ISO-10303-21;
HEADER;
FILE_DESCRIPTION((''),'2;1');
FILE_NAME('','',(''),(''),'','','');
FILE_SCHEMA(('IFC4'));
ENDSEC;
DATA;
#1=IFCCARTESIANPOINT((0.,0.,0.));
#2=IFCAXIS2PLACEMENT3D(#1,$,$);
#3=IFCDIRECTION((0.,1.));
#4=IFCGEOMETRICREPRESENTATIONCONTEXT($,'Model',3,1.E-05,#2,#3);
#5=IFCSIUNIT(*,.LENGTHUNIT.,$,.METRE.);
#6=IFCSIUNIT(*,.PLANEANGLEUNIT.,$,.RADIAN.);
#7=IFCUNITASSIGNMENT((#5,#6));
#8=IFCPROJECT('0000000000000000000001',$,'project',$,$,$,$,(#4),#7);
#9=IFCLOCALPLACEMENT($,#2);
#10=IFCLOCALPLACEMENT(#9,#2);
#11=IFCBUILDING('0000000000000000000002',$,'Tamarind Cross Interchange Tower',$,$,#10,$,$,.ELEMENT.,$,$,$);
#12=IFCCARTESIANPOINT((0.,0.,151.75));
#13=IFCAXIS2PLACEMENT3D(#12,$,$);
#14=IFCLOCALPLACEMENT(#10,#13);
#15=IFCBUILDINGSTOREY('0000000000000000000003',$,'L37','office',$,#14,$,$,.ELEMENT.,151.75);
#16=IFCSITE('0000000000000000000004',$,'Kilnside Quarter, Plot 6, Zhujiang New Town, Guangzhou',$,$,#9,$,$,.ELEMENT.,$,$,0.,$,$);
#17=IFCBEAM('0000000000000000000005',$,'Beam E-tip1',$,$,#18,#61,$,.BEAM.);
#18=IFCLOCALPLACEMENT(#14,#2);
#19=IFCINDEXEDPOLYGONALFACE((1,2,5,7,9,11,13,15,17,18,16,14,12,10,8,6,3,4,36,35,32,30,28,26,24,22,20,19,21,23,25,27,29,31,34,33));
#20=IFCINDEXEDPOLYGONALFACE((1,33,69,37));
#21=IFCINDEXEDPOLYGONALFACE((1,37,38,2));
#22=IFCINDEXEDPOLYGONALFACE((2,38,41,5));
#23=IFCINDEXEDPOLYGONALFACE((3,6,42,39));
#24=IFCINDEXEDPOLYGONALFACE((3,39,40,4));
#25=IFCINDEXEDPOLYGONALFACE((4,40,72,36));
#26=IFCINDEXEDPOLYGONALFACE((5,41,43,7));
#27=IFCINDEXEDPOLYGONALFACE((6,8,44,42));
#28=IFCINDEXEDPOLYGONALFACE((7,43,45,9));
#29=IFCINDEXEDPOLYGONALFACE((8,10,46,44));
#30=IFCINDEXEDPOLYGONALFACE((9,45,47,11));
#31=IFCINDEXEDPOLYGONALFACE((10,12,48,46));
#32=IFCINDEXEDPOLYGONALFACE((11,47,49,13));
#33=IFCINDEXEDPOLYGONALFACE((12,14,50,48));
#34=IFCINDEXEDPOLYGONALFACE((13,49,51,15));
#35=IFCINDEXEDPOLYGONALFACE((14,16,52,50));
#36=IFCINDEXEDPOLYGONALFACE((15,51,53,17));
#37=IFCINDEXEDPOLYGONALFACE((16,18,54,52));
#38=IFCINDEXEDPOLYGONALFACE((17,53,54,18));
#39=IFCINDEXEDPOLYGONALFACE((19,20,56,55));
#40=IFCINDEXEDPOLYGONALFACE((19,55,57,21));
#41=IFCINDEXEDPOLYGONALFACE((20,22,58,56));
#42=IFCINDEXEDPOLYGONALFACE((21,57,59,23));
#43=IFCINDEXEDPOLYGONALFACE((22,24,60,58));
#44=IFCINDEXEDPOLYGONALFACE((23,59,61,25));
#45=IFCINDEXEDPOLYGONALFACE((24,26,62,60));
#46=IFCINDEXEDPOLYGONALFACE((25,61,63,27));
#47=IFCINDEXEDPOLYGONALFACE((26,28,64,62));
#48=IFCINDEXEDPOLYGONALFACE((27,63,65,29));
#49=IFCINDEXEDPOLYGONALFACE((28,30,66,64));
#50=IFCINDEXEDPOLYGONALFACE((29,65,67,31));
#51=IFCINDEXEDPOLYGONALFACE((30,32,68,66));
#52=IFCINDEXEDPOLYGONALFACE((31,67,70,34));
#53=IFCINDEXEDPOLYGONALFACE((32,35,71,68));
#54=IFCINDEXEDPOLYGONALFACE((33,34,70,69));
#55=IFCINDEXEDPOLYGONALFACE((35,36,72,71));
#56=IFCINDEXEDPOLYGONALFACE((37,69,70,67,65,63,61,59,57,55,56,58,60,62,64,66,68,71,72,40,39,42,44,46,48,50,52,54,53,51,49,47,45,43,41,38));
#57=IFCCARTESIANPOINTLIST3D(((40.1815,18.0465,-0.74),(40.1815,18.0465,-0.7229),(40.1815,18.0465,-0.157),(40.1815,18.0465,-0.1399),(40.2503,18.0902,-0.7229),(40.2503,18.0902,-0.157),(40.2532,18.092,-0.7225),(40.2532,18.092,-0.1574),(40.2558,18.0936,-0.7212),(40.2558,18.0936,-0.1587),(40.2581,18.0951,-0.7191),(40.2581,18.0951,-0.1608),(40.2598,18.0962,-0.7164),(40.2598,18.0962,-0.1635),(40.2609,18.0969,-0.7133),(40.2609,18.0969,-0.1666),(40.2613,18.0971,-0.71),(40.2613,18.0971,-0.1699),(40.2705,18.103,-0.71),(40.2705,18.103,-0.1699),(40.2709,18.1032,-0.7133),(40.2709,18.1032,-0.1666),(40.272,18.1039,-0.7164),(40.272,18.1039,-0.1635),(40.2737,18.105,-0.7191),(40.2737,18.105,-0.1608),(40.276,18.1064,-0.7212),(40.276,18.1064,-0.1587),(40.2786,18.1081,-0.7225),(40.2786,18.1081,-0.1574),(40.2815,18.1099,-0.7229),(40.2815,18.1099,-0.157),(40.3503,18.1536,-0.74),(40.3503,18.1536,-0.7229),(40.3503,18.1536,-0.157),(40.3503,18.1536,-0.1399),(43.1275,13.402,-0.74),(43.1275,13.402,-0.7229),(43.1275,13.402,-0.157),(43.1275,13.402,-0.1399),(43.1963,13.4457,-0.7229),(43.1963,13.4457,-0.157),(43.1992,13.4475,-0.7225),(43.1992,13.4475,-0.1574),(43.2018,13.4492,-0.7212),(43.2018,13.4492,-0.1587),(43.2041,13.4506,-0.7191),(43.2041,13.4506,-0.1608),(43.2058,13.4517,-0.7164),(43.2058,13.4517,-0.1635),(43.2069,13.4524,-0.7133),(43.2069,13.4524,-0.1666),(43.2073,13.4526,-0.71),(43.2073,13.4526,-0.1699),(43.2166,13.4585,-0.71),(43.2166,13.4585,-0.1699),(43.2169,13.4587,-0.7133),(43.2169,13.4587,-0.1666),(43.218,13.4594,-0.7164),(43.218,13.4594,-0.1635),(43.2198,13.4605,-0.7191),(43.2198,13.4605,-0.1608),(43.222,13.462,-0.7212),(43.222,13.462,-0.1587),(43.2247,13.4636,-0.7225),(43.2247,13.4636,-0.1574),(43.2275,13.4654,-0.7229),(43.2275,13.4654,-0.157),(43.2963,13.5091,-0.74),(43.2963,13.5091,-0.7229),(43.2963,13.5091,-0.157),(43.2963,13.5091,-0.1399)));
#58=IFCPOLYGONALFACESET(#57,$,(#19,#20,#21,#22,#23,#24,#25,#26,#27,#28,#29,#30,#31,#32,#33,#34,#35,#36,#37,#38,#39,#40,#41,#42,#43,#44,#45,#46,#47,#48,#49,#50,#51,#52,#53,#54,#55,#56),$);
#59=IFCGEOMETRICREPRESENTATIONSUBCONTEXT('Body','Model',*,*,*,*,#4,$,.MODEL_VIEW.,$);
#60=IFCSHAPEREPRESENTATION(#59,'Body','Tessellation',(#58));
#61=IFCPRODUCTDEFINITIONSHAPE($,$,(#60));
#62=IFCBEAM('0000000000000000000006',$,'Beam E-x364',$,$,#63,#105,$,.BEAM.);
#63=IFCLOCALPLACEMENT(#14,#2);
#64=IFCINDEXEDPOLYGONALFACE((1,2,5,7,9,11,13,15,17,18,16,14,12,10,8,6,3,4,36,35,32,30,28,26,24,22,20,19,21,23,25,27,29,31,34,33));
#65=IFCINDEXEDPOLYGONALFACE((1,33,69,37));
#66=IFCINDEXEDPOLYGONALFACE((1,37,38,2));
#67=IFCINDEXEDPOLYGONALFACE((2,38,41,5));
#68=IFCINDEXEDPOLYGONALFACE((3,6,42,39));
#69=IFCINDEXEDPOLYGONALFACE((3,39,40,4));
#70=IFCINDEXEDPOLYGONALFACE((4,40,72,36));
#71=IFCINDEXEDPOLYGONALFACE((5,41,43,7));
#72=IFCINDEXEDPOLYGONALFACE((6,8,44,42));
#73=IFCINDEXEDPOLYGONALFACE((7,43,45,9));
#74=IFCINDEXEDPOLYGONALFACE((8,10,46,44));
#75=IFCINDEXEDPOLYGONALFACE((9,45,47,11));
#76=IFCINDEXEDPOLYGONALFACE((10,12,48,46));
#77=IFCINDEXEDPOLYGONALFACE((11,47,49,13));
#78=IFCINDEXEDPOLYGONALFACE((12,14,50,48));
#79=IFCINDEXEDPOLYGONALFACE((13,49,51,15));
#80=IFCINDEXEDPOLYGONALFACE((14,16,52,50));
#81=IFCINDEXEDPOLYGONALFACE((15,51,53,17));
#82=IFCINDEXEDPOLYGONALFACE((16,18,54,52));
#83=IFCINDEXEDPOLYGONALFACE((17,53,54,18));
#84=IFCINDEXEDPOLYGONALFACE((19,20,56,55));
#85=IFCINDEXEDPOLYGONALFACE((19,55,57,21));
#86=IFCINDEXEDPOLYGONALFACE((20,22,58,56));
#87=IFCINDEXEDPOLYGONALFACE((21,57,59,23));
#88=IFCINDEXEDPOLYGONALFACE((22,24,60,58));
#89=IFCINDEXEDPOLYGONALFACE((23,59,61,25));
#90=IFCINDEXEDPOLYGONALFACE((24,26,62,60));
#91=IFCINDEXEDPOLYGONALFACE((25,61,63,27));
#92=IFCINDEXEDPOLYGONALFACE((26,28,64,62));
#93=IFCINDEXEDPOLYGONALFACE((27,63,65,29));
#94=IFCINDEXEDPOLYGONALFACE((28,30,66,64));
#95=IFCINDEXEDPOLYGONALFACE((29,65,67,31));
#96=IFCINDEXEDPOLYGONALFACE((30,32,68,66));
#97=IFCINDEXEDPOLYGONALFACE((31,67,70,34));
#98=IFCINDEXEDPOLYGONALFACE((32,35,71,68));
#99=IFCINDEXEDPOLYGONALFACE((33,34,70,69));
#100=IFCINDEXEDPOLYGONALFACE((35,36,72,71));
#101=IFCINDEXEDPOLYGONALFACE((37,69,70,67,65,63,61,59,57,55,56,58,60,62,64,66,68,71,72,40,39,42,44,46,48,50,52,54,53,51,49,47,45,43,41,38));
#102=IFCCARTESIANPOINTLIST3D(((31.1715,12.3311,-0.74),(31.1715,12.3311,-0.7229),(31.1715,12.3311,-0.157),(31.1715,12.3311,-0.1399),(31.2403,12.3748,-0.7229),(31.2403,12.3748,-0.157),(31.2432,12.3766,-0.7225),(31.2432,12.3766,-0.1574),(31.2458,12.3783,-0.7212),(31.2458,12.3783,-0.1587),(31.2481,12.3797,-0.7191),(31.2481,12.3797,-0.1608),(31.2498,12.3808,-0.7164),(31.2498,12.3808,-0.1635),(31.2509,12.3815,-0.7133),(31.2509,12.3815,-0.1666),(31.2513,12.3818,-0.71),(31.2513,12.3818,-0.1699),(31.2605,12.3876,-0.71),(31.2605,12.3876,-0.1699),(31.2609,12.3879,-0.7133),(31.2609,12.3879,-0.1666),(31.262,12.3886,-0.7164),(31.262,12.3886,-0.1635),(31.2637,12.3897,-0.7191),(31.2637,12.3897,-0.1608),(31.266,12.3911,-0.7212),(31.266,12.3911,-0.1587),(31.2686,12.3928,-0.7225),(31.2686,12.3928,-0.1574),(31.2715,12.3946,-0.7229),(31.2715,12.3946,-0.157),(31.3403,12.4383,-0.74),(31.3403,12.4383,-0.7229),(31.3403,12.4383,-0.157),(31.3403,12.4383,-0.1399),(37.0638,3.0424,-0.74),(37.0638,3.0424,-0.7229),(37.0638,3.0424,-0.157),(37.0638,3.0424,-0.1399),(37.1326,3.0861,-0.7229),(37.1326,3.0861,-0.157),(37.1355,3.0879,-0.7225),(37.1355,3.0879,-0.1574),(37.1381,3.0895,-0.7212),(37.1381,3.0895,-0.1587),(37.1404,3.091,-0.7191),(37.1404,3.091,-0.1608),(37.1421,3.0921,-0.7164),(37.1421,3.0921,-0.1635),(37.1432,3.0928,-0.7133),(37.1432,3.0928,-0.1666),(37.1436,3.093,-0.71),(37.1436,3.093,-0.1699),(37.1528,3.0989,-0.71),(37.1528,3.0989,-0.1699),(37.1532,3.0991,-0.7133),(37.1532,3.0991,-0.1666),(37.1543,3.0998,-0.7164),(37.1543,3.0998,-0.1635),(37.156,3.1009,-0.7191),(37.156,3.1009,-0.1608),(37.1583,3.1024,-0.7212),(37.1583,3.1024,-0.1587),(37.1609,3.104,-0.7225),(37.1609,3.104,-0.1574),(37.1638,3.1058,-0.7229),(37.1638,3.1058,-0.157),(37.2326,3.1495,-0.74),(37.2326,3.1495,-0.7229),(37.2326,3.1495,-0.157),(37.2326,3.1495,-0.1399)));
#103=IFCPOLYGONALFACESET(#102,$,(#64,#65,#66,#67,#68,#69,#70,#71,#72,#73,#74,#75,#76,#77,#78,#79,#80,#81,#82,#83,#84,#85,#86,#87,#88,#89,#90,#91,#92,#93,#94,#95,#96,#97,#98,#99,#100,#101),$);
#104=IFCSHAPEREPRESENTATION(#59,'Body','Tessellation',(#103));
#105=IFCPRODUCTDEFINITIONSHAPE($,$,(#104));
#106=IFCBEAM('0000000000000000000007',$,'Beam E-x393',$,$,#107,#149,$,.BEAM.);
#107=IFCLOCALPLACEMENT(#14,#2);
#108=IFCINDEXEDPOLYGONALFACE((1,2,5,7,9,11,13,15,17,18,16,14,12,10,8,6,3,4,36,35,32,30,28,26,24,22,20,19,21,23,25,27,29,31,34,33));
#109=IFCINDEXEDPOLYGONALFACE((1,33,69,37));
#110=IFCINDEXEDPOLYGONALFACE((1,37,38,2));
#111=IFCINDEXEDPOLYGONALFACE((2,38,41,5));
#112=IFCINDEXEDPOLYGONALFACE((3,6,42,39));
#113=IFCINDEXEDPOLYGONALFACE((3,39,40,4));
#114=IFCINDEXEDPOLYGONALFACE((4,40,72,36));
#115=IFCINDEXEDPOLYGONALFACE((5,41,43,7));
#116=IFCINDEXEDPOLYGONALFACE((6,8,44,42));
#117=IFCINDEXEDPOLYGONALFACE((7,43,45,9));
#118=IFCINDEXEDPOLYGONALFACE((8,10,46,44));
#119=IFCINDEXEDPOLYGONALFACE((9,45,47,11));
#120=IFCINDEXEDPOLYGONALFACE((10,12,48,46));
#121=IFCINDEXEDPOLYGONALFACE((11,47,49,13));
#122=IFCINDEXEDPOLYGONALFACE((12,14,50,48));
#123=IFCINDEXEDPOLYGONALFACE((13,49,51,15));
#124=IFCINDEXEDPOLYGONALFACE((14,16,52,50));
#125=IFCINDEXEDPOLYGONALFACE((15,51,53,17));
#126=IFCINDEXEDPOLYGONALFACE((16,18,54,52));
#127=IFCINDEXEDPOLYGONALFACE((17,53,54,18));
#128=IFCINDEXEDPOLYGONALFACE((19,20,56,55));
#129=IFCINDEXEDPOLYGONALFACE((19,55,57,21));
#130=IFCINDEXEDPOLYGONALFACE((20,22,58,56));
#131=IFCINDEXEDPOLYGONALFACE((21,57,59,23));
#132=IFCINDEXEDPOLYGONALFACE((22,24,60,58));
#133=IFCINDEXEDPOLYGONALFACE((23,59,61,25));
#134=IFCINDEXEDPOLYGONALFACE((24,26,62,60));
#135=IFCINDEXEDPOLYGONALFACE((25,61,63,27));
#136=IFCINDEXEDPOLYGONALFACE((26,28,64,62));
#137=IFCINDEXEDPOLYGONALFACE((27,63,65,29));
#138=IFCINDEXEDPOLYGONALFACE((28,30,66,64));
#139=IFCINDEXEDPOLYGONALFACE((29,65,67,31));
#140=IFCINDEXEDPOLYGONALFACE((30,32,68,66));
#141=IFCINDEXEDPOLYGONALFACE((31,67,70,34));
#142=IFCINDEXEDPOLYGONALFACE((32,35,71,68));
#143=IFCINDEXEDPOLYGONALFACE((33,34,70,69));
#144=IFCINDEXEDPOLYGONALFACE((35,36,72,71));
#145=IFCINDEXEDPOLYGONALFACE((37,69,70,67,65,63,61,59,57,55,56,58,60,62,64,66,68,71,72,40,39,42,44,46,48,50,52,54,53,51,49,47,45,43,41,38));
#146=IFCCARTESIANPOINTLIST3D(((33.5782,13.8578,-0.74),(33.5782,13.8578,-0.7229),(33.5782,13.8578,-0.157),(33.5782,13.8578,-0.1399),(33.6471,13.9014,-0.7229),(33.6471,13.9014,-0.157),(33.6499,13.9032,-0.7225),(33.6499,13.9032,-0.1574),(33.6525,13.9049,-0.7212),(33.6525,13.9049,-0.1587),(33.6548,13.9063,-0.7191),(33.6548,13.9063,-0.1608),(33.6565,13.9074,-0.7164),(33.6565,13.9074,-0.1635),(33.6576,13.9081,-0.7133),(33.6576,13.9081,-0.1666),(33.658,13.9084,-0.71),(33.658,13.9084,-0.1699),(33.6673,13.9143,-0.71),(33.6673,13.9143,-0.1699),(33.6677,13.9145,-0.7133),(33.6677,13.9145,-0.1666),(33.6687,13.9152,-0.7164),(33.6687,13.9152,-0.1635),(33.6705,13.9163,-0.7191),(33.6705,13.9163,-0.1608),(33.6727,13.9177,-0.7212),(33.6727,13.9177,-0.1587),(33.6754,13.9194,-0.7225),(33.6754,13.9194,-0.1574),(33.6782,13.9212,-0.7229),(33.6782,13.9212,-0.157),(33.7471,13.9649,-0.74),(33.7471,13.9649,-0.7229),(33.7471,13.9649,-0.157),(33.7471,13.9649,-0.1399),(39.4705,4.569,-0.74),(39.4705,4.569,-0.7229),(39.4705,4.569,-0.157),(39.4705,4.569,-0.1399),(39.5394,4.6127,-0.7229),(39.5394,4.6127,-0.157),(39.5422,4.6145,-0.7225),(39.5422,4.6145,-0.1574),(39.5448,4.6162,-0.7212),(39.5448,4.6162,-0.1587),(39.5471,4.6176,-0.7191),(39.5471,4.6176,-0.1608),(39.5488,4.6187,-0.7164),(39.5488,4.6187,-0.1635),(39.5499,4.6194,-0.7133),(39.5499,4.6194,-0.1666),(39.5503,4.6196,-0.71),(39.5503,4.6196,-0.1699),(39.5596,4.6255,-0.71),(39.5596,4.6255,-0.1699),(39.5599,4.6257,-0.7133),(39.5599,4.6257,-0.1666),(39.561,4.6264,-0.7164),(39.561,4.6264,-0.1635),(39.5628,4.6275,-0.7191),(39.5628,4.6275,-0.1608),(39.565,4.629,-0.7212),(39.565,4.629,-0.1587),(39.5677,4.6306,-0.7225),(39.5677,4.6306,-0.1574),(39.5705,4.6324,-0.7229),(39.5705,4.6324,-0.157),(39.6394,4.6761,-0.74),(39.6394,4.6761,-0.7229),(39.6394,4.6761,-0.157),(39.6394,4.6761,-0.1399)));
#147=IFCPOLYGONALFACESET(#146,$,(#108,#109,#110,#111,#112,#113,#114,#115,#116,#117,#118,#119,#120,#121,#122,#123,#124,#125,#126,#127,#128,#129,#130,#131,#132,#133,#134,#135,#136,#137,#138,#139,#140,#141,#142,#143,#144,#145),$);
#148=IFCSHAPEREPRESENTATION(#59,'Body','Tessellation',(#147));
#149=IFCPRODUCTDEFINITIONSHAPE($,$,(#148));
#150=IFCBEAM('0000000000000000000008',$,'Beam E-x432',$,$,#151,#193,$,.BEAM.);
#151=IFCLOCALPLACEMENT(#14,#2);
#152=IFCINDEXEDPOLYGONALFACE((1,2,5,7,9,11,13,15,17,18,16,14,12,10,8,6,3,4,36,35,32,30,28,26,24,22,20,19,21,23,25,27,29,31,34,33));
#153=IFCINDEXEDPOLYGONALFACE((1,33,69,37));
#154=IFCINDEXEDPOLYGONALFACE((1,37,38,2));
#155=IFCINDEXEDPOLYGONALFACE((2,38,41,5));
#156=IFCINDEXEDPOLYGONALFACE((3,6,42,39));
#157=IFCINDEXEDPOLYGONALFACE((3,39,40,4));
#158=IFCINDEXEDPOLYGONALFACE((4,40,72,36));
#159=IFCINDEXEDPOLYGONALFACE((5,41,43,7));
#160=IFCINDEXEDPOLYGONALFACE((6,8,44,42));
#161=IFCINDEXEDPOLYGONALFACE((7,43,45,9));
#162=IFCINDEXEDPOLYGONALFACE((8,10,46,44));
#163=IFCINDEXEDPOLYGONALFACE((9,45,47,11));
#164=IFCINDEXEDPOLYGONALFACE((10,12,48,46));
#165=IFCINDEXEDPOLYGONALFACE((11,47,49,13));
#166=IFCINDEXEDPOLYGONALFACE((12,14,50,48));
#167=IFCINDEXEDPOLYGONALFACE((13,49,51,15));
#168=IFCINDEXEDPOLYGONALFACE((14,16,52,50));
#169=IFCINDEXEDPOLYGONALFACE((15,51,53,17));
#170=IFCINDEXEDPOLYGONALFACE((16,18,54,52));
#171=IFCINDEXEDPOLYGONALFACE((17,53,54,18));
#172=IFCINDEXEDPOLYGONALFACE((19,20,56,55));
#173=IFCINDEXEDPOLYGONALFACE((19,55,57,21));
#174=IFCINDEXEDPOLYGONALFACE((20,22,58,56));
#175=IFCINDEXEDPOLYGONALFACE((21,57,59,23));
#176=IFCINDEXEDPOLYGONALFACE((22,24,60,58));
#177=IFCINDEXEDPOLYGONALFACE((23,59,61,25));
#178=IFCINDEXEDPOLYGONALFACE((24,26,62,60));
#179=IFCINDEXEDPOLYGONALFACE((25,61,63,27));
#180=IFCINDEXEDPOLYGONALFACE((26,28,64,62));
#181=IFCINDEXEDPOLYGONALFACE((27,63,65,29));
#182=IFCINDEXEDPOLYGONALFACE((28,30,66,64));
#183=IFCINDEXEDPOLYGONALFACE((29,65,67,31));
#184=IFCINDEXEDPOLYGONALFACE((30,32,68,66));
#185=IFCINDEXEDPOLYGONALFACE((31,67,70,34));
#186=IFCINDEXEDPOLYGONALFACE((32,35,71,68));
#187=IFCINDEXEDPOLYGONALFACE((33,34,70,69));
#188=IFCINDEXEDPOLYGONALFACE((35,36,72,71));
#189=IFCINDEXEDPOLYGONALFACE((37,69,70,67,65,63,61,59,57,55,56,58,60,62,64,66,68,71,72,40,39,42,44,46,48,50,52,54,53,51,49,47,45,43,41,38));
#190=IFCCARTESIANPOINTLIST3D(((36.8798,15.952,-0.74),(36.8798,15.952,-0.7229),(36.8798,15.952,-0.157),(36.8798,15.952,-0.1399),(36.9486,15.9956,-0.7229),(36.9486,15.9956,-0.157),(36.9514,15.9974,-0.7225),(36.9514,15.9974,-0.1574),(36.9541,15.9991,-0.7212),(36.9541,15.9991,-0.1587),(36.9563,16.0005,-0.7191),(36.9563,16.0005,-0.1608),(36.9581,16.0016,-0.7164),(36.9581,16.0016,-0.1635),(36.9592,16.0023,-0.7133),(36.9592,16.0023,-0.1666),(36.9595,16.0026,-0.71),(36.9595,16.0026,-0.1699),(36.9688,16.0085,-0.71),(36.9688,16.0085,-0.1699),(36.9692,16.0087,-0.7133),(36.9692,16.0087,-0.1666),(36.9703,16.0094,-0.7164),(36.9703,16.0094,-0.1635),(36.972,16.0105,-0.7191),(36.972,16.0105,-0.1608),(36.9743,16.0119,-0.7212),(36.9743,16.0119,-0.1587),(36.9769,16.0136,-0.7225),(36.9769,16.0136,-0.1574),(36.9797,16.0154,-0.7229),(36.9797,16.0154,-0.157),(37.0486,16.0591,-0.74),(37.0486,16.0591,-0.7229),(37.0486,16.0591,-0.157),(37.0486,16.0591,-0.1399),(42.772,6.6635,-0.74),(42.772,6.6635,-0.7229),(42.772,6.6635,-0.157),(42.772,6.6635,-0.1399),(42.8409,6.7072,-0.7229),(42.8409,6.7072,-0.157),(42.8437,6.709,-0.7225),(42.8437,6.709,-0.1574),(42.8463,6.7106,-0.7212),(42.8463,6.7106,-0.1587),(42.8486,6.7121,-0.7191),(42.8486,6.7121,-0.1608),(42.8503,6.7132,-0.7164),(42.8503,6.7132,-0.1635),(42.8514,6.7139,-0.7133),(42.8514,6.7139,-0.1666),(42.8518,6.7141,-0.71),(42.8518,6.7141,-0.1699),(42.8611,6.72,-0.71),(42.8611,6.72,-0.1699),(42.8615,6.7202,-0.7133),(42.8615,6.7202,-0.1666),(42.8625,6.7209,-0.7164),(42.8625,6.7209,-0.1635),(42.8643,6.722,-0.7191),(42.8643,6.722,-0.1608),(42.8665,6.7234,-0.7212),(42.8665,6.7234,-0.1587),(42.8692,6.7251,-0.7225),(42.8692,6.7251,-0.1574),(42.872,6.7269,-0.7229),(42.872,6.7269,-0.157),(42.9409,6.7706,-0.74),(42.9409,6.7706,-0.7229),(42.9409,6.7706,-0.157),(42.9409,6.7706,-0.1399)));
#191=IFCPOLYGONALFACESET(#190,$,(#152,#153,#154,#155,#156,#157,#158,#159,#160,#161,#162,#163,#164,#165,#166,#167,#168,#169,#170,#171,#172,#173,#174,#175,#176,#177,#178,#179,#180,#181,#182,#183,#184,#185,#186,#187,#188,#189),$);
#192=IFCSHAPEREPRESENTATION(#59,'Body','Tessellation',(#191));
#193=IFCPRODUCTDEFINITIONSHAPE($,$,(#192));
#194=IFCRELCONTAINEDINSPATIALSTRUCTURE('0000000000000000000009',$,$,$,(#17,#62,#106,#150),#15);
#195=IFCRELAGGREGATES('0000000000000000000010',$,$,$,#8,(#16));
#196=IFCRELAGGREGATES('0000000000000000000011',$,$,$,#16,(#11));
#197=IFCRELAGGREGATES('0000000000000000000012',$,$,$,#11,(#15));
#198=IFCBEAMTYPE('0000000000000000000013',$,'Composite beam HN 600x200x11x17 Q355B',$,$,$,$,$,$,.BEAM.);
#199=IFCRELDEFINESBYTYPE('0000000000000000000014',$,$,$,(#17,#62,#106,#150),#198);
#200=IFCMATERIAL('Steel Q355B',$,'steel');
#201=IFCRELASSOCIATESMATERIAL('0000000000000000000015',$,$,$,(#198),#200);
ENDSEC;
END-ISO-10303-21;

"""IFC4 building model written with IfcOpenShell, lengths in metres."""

from ifc_helpers import new_model, si_unit, direction, frame, origin, origin_2d, place, context, subcontext, project, spatial, i_section, extrude, material, material_profile, profile_set, type_object, element, save


model = new_model("IFC4")

# Units and contexts
model_context = context("Model", 3, precision=1e-05, world=origin(), true_north=direction((0.0, 1.0)))
body_context = subcontext(model_context, "Body", "Model", "MODEL_VIEW")
ifc_project = project(units=[si_unit("LENGTHUNIT", "METRE"), si_unit("PLANEANGLEUNIT", "RADIAN")], contexts=[model_context])

# Site, building, storey
site_placement = place(None, origin())
site = spatial("IfcSite", under=ifc_project, at=site_placement, Name="Kilnside Quarter, Plot 6, Zhujiang New Town, Guangzhou", CompositionType="ELEMENT", RefElevation=0.0)
building_placement = place(site_placement, origin())
building = spatial("IfcBuilding", under=site, at=building_placement, Name="Tamarind Cross Interchange Tower", CompositionType="ELEMENT")
storey_placement = place(building_placement, frame((0.0, 0.0, 151.75)))
storey = spatial("IfcBuildingStorey", under=building, at=storey_placement, Name="L37", Description="office", CompositionType="ELEMENT", Elevation=151.75)

# Beams
ifc_material_1 = material(Name="Steel Q355B", Category="steel")
ifc_material_profile_1 = material_profile(ifc_material_1, i_section(OverallWidth=0.2, OverallDepth=0.6001, WebThickness=0.011, FlangeThickness=0.0171, FilletRadius=0.0129, at=origin_2d()), Name="HN 600x200x11x17")
ifc_profile_set_1 = profile_set([ifc_material_profile_1], Name="Steel Q355B")
beam_type_1 = type_object("IfcBeamType", Name="Composite beam HN 600x200x11x17 Q355B", PredefinedType="BEAM", material=ifc_profile_set_1)
beam_1_placement = place(storey_placement, frame((43.2119, 13.4556, -0.4399), z_axis=(-0.535637, 0.844448, 0.0), x_axis=(-0.844448, -0.535637, 0.0)))
element("IfcBeam", 1, at=beam_1_placement, inside=storey, type_object=beam_type_1, Name="Beam E-tip1", PredefinedType="BEAM", context=body_context, shape_type="SweptSolid", body=[
    extrude(i_section(OverallWidth=0.2, OverallDepth=0.6001, WebThickness=0.011, FlangeThickness=0.0171, FilletRadius=0.0129, at=origin_2d()), origin(), (0.0, 0.0, 1.0), 5.5),
])
for number, where, z_axis, x_axis, name in (
    (2, (37.1482, 3.0959, -0.4399), (-0.535663, 0.844432, 0.0), (-0.844432, -0.535663, 0.0), "Beam E-x364"),
    (3, (39.5549, 4.6226, -0.4399), (-0.535663, 0.844432, 0.0), (-0.844432, -0.535663, 0.0), "Beam E-x393"),
):
    element("IfcBeam", number, at=place(storey_placement, frame(where, z_axis=z_axis, x_axis=x_axis)), inside=storey, type_object=beam_type_1, Name=name, PredefinedType="BEAM", context=body_context, shape_type="SweptSolid", body=[
        extrude(i_section(OverallWidth=0.2, OverallDepth=0.6001, WebThickness=0.011, FlangeThickness=0.0171, FilletRadius=0.0129, at=origin_2d()), origin(), (0.0, 0.0, 1.0), 11.0),
    ])
beam_2_placement = place(storey_placement, frame((42.8564, 6.717, -0.4399), z_axis=(-0.535673, 0.844426, 0.0), x_axis=(-0.844426, -0.535673, 0.0)))
element("IfcBeam", 4, at=beam_2_placement, inside=storey, type_object=beam_type_1, Name="Beam E-x432", PredefinedType="BEAM", context=body_context, shape_type="SweptSolid", body=[
    extrude(i_section(OverallWidth=0.2, OverallDepth=0.6001, WebThickness=0.011, FlangeThickness=0.0171, FilletRadius=0.0129, at=origin_2d()), origin(), (0.0, 0.0, 1.0), 10.9998),
])

save(model, "model.ifc")
